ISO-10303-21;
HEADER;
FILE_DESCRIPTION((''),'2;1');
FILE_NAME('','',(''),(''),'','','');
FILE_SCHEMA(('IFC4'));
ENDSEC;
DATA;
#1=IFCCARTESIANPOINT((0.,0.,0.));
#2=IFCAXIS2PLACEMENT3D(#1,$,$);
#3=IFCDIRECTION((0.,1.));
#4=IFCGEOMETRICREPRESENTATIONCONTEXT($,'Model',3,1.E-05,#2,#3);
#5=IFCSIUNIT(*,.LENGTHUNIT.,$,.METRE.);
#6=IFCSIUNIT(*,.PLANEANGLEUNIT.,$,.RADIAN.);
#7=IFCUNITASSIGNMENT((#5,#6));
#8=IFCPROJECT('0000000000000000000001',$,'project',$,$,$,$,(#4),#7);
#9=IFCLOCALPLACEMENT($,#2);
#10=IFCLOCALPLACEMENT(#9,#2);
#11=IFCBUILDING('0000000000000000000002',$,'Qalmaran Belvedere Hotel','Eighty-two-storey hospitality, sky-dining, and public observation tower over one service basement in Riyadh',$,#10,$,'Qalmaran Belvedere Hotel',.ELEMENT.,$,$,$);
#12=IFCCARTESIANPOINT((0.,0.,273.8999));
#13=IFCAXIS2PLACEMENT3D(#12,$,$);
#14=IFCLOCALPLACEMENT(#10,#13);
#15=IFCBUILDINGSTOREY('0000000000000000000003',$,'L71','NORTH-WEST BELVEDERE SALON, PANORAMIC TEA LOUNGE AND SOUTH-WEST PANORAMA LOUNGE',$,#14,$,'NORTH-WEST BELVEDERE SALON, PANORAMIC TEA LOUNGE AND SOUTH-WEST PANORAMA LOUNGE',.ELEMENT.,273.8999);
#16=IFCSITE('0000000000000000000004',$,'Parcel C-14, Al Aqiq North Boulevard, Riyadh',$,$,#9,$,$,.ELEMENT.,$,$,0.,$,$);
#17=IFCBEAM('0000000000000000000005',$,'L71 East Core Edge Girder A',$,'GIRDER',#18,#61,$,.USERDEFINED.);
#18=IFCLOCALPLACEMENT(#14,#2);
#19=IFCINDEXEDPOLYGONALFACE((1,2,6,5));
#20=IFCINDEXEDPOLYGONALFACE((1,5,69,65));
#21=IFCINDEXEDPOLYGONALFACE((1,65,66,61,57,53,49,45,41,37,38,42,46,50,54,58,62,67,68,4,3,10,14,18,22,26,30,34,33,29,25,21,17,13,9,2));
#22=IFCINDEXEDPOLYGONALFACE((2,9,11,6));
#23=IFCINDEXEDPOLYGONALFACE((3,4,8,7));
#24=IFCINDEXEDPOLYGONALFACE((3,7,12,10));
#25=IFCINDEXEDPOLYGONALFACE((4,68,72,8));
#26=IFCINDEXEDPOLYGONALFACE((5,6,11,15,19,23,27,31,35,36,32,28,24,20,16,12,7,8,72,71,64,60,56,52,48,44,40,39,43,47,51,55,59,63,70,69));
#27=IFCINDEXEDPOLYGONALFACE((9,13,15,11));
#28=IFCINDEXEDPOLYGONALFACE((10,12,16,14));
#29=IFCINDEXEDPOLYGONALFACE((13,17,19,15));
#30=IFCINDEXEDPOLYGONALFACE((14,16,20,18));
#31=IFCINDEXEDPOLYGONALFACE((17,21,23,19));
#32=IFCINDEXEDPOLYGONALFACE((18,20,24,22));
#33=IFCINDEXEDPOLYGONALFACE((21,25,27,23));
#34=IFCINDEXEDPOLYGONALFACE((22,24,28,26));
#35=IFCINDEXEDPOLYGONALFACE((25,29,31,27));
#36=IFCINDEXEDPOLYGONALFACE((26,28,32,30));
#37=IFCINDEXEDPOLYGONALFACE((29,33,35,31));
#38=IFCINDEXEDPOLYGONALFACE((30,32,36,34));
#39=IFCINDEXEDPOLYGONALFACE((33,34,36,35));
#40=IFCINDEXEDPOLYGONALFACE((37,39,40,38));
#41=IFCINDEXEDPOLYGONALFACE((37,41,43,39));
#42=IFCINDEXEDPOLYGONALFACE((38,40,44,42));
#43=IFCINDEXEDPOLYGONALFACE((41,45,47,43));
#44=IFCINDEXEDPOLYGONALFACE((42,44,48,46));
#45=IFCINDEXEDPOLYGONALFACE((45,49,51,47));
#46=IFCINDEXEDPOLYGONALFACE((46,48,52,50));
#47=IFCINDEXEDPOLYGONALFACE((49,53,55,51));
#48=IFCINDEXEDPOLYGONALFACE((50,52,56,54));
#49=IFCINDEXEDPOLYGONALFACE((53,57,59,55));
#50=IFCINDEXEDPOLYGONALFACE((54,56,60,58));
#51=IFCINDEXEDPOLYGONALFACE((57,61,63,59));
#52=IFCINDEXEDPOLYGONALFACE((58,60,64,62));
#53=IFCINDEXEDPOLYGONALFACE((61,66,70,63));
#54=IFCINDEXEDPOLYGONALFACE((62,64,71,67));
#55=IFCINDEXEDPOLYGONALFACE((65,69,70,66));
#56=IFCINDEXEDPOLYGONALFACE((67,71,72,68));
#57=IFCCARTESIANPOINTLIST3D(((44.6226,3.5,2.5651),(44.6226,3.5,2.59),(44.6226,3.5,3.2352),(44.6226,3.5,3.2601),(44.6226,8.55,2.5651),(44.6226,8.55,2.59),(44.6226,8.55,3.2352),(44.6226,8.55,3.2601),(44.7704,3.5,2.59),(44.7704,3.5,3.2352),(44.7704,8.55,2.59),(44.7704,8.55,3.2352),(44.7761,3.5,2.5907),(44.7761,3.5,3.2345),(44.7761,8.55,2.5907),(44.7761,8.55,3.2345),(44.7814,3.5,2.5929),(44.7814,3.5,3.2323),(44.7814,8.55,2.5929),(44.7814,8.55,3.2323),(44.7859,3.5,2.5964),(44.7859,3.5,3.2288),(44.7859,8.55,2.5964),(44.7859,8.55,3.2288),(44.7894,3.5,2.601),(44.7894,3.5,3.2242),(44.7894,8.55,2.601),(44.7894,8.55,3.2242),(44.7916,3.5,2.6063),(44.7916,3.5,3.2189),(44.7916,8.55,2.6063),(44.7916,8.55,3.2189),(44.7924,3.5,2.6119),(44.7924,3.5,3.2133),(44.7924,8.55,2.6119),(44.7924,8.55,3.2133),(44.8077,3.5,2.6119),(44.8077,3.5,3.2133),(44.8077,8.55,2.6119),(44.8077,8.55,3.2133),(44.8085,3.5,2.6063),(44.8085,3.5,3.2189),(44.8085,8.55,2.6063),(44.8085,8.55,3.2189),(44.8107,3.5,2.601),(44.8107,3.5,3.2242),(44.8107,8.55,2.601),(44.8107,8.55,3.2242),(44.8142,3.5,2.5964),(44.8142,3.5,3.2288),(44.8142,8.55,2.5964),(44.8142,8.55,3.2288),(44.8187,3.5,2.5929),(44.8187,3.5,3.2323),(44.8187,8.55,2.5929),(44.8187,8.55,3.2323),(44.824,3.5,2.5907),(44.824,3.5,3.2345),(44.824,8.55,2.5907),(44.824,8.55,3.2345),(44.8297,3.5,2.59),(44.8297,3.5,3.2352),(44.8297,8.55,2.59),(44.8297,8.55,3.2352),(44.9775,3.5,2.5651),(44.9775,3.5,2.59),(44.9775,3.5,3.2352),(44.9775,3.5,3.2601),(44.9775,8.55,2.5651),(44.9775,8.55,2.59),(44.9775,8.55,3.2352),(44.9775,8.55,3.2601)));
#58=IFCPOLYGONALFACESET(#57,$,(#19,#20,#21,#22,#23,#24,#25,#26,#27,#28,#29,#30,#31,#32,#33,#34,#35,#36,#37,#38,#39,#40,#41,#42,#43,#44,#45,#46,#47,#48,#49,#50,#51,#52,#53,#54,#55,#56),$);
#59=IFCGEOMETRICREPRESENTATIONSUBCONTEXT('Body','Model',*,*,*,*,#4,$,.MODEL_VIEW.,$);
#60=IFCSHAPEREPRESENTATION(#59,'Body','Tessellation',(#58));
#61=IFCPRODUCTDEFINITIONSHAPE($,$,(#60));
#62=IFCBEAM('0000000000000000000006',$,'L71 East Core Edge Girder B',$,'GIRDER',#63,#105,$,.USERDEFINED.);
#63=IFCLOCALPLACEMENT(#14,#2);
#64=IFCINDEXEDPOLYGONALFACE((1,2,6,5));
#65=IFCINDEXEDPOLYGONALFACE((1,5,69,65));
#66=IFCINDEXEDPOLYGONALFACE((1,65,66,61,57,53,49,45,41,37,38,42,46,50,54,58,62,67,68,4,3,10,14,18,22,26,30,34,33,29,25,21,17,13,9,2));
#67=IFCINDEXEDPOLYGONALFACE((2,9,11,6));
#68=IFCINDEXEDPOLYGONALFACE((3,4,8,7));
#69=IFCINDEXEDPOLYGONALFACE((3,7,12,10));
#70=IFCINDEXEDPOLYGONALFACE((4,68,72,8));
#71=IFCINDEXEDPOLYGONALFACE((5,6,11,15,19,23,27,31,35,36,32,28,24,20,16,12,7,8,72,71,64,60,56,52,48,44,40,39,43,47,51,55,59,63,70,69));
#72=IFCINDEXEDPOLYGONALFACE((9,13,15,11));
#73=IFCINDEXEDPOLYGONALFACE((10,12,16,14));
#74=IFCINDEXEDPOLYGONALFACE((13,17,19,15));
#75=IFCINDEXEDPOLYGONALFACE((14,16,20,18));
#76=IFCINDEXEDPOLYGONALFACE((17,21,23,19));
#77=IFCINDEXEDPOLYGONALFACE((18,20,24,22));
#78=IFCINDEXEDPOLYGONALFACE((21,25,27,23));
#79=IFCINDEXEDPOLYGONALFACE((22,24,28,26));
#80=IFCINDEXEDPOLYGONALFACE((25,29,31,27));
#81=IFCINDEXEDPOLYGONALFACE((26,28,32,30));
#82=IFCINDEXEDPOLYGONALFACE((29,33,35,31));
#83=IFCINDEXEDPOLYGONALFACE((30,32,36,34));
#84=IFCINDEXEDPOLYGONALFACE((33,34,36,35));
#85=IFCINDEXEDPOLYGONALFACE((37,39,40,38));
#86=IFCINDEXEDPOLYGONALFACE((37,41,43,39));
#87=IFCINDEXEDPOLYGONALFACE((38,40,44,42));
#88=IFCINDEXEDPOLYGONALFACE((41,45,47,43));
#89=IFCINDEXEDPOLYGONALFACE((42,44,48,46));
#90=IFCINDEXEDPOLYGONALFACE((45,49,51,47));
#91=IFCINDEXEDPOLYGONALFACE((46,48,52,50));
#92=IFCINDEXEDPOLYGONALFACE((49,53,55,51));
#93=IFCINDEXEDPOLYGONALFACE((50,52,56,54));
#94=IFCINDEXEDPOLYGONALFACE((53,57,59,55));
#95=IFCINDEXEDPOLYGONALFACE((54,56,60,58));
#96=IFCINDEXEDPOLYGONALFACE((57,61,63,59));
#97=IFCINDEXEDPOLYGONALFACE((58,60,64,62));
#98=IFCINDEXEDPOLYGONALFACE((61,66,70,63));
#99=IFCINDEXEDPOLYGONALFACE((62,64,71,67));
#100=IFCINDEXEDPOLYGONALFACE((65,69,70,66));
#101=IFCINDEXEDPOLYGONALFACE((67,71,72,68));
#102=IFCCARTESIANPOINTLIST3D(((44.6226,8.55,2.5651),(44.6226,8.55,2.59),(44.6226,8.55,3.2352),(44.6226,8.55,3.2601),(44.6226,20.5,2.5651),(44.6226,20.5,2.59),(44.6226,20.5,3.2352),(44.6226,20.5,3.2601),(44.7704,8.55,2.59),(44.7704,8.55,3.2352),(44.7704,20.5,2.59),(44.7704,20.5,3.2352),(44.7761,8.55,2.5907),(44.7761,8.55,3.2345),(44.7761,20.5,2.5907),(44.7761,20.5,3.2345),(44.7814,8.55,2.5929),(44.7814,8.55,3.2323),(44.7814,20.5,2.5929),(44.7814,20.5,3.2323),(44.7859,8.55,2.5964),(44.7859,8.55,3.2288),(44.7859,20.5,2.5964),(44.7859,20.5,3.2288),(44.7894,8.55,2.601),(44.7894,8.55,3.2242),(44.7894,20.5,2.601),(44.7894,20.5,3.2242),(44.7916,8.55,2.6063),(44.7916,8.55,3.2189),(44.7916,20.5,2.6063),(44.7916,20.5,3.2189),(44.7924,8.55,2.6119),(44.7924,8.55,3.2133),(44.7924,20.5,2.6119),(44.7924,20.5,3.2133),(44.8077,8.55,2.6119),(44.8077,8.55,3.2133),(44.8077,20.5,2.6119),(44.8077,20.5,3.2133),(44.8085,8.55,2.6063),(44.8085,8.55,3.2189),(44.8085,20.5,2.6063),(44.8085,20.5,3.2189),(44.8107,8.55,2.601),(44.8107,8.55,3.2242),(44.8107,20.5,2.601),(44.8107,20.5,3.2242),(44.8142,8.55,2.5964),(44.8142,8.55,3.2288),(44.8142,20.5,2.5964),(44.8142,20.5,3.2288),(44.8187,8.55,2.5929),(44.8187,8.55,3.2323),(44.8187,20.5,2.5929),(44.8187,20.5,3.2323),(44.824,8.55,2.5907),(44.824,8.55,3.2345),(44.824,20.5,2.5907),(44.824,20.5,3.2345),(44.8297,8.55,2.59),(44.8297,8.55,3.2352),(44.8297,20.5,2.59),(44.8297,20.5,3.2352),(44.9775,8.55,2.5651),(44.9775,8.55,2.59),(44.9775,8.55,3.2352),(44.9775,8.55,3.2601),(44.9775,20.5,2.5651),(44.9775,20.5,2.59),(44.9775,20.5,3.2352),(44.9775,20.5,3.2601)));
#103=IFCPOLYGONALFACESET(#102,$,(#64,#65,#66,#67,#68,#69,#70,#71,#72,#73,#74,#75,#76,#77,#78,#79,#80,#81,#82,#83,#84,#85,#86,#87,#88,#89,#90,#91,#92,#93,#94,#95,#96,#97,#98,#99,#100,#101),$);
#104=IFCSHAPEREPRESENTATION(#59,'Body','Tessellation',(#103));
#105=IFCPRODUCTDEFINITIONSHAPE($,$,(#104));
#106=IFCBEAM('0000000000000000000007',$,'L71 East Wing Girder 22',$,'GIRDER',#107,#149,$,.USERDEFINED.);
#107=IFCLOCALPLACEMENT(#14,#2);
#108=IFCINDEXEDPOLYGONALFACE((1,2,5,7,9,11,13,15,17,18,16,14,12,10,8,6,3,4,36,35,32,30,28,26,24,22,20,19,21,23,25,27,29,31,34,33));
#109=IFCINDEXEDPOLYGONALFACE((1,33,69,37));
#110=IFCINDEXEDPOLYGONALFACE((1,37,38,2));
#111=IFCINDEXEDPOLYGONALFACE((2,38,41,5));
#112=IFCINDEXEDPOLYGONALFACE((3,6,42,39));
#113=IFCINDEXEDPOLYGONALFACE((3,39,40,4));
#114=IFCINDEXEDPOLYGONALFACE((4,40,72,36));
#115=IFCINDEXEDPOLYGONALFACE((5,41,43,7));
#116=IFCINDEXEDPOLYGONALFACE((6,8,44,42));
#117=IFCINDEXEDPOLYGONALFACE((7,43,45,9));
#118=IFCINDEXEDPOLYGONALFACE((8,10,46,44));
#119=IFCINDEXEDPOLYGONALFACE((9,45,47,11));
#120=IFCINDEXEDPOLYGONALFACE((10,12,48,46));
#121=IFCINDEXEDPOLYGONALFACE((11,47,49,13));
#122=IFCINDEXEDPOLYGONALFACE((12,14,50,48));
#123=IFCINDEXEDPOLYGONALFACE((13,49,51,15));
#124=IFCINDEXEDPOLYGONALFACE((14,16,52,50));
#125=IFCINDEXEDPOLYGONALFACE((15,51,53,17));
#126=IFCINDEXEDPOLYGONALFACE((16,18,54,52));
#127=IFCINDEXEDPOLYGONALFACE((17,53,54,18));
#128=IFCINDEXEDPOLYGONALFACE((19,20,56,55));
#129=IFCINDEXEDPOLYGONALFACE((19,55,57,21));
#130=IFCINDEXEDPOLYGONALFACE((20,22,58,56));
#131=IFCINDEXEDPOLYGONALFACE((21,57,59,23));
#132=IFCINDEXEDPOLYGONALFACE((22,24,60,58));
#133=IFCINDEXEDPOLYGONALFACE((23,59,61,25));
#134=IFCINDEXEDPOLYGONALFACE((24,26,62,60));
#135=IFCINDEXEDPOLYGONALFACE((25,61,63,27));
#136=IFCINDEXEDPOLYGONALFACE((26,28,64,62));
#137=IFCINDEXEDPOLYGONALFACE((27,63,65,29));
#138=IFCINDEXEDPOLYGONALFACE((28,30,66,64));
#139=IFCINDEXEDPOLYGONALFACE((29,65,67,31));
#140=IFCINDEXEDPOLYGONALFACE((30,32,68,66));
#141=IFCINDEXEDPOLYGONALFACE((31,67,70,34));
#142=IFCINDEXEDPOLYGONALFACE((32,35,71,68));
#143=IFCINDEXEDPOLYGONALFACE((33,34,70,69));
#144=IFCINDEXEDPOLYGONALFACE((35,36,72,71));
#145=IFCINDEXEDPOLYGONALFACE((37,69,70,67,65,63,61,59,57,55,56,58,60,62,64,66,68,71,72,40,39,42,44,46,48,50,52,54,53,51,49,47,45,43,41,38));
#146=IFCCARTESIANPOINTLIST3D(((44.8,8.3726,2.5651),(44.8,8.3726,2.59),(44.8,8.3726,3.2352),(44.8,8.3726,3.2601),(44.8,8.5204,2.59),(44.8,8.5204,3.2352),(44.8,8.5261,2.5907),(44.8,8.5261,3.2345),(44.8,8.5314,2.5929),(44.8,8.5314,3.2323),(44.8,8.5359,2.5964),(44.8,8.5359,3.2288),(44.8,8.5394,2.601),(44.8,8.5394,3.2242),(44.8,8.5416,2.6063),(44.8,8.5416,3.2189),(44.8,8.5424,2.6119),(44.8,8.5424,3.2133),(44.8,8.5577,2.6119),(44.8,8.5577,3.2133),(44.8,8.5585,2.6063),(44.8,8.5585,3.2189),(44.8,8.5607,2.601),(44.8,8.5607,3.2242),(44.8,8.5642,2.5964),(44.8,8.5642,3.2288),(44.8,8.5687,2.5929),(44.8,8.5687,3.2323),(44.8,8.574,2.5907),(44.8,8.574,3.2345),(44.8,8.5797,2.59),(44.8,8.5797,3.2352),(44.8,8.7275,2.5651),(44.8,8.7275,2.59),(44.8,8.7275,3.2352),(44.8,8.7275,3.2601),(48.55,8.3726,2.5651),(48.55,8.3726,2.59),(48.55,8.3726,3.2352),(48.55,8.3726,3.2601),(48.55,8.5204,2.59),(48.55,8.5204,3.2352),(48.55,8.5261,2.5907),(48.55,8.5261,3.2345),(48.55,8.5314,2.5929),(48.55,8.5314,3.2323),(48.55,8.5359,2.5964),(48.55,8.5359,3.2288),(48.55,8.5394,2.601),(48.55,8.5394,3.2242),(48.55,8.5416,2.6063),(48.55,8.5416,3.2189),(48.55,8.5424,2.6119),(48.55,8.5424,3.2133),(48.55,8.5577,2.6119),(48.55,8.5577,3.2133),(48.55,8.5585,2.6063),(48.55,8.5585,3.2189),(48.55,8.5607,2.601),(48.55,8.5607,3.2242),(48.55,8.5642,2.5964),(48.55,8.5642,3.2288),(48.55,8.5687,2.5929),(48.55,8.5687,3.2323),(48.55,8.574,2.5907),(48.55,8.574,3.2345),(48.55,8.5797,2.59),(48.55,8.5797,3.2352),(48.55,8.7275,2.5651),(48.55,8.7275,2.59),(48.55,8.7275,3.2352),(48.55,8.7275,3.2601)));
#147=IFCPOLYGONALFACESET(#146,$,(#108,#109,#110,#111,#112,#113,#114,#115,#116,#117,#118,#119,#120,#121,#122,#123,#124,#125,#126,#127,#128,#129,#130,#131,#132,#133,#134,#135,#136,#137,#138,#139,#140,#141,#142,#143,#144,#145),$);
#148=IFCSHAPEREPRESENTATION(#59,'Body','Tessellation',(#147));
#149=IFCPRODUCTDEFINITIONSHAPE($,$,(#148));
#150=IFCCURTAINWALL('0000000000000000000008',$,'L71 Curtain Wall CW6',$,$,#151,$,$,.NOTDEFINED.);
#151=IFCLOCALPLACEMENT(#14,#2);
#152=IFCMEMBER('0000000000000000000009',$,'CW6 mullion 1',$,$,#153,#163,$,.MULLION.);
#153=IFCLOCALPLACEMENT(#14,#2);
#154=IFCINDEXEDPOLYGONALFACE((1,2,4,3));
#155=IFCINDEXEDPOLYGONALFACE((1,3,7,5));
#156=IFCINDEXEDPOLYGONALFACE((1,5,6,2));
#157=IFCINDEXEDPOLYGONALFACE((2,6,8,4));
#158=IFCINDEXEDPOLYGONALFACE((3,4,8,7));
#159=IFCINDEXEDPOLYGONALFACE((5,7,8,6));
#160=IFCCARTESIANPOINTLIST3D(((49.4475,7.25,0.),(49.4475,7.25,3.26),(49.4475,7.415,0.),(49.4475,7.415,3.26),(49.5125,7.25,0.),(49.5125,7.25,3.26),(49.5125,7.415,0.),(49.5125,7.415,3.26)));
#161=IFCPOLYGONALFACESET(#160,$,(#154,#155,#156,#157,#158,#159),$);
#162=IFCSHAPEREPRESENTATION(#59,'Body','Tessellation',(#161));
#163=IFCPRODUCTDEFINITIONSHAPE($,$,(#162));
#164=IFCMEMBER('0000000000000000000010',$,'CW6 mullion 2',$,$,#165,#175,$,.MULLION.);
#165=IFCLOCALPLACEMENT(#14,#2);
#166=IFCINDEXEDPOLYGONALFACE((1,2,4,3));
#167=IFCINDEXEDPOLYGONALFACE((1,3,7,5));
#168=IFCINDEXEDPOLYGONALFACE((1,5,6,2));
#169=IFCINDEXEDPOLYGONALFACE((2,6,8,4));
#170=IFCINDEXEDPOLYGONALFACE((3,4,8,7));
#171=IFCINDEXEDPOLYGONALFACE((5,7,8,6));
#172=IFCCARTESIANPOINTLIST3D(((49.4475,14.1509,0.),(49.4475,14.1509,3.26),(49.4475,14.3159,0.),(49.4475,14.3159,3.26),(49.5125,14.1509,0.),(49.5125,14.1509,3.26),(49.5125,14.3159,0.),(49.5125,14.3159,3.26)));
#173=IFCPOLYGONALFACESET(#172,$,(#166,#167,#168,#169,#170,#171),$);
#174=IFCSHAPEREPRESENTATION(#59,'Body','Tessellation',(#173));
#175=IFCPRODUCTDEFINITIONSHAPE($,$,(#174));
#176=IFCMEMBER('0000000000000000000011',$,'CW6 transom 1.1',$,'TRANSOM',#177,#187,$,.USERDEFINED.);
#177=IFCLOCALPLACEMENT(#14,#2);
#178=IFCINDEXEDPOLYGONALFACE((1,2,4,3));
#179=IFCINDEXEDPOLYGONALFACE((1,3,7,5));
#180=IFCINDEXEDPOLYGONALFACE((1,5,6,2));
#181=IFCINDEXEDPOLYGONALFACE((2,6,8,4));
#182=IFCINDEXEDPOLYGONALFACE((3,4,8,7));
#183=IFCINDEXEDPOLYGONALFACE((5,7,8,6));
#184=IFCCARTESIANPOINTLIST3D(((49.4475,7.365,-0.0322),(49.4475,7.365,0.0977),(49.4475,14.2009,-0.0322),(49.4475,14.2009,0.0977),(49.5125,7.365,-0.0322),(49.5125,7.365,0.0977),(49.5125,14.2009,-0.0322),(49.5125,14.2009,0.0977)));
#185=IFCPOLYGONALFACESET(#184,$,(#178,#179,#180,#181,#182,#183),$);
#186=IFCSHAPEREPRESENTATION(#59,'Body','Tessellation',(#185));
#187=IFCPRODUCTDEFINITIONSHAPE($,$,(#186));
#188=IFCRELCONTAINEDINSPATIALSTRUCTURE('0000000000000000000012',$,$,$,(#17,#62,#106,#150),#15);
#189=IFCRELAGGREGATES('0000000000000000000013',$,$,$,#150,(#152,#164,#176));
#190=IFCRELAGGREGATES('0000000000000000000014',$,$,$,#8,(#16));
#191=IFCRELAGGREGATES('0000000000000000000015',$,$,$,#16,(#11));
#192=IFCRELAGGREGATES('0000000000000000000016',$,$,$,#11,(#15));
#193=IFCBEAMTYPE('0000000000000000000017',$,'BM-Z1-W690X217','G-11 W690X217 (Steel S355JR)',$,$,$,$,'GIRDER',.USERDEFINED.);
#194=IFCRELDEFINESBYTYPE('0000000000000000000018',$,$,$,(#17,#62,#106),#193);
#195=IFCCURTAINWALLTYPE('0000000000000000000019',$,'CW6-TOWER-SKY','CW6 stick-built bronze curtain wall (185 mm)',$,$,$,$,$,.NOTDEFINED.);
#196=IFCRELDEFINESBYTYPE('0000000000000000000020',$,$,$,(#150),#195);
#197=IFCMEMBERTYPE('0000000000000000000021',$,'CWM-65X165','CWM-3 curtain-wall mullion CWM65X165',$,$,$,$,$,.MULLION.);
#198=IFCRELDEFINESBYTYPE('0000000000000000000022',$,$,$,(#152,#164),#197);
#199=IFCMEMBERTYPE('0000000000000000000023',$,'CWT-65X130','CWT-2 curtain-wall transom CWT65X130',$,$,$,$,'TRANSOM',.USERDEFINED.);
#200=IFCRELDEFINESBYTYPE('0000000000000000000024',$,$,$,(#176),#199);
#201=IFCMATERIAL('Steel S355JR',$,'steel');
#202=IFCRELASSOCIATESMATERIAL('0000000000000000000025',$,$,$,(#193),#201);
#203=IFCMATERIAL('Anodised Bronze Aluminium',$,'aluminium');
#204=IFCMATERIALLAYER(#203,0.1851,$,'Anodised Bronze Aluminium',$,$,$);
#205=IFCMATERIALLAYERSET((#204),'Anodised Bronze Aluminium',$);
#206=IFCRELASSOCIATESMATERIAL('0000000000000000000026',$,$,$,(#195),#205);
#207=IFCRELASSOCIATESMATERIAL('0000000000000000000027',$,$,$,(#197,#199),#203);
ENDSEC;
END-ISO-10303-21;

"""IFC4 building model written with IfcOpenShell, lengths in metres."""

from ifc_helpers import new_model, si_unit, direction, frame, origin, origin_2d, place, context, subcontext, project, spatial, rectangle, i_section, extrude, material, layer, layer_set, material_profile, profile_set, type_object, element, aggregate, save


model = new_model("IFC4")

# Units and contexts
model_context = context("Model", 3, precision=1e-05, world=origin(), true_north=direction((0.0, 1.0)))
body_context = subcontext(model_context, "Body", "Model", "MODEL_VIEW")
ifc_project = project(units=[si_unit("LENGTHUNIT", "METRE"), si_unit("PLANEANGLEUNIT", "RADIAN")], contexts=[model_context])

# Site, building, storey
site_placement = place(None, origin())
site = spatial("IfcSite", under=ifc_project, at=site_placement, Name="Parcel C-14, Al Aqiq North Boulevard, Riyadh", CompositionType="ELEMENT", RefElevation=0.0)
building_placement = place(site_placement, origin())
building = spatial("IfcBuilding", under=site, at=building_placement, Name="Qalmaran Belvedere Hotel", Description="Eighty-two-storey hospitality, sky-dining, and public observation tower over one service basement in Riyadh", LongName="Qalmaran Belvedere Hotel", CompositionType="ELEMENT")
storey_placement = place(building_placement, frame((0.0, 0.0, 273.8999)))
storey = spatial("IfcBuildingStorey", under=building, at=storey_placement, Name="L71", Description="NORTH-WEST BELVEDERE SALON, PANORAMIC TEA LOUNGE AND SOUTH-WEST PANORAMA LOUNGE", LongName="NORTH-WEST BELVEDERE SALON, PANORAMIC TEA LOUNGE AND SOUTH-WEST PANORAMA LOUNGE", CompositionType="ELEMENT", Elevation=273.8999)

# Beams
ifc_material_1 = material(Name="Steel S355JR", Category="steel")
ifc_material_profile_1 = material_profile(ifc_material_1, i_section(OverallWidth=0.355, OverallDepth=0.6951, WebThickness=0.0154, FlangeThickness=0.0249, FilletRadius=0.022, at=origin_2d()), Name="W690X217")
ifc_profile_set_1 = profile_set([ifc_material_profile_1], Name="Steel S355JR")
beam_type_1 = type_object("IfcBeamType", Name="BM-Z1-W690X217", Description="G-11 W690X217 (Steel S355JR)", ElementType="GIRDER", PredefinedType="USERDEFINED", material=ifc_profile_set_1)
beam_1_placement = place(storey_placement, frame((44.8, 3.5, 2.9126), z_axis=(0.0, 1.0, 0.0), x_axis=(-1.0, 0.0, 0.0)))
element("IfcBeam", 1, at=beam_1_placement, inside=storey, type_object=beam_type_1, Name="L71 East Core Edge Girder A", ObjectType="GIRDER", PredefinedType="USERDEFINED", context=body_context, shape_type="SweptSolid", body=[
    extrude(i_section(OverallWidth=0.355, OverallDepth=0.6951, WebThickness=0.0154, FlangeThickness=0.0249, FilletRadius=0.022, at=origin_2d()), origin(), (0.0, 0.0, 1.0), 5.05),
])
beam_2_placement = place(storey_placement, frame((44.8, 8.55, 2.9126), z_axis=(0.0, 1.0, 0.0), x_axis=(-1.0, 0.0, 0.0)))
element("IfcBeam", 2, at=beam_2_placement, inside=storey, type_object=beam_type_1, Name="L71 East Core Edge Girder B", ObjectType="GIRDER", PredefinedType="USERDEFINED", context=body_context, shape_type="SweptSolid", body=[
    extrude(i_section(OverallWidth=0.355, OverallDepth=0.6951, WebThickness=0.0154, FlangeThickness=0.0249, FilletRadius=0.022, at=origin_2d()), origin(), (0.0, 0.0, 1.0), 11.95),
])
beam_3_placement = place(storey_placement, frame((44.8, 8.55, 2.9126), z_axis=(1.0, 0.0, 0.0), x_axis=(0.0, 1.0, 0.0)))
element("IfcBeam", 3, at=beam_3_placement, inside=storey, type_object=beam_type_1, Name="L71 East Wing Girder 22", ObjectType="GIRDER", PredefinedType="USERDEFINED", context=body_context, shape_type="SweptSolid", body=[
    extrude(i_section(OverallWidth=0.355, OverallDepth=0.6951, WebThickness=0.0154, FlangeThickness=0.0249, FilletRadius=0.022, at=origin_2d()), origin(), (0.0, 0.0, 1.0), 3.75),
])

# Curtain wall, members
ifc_material_2 = material(Name="Anodised Bronze Aluminium", Category="aluminium")
ifc_layer_1 = layer(ifc_material_2, 0.1851, Name="Anodised Bronze Aluminium")
ifc_layer_set_1 = layer_set([ifc_layer_1], Name="Anodised Bronze Aluminium")
curtain_wall_type = type_object("IfcCurtainWallType", Name="CW6-TOWER-SKY", Description="CW6 stick-built bronze curtain wall (185 mm)", PredefinedType="NOTDEFINED", material=ifc_layer_set_1)
curtain_wall_placement = place(storey_placement, origin())
curtain_wall = element("IfcCurtainWall", 4, at=curtain_wall_placement, inside=storey, type_object=curtain_wall_type, Name="L71 Curtain Wall CW6", PredefinedType="NOTDEFINED")
ifc_material_profile_2 = material_profile(ifc_material_2, rectangle(XDim=0.0649, YDim=0.165, at=origin_2d()), Name="CWM65X165")
ifc_profile_set_2 = profile_set([ifc_material_profile_2], Name="Anodised Bronze Aluminium")
member_type_1 = type_object("IfcMemberType", Name="CWM-65X165", Description="CWM-3 curtain-wall mullion CWM65X165", PredefinedType="MULLION", material=ifc_profile_set_2)
member_1_placement = place(storey_placement, frame((49.48, 7.3325, 0.0), z_axis=(0.0, 0.0, 1.0), x_axis=(-1.0, 0.0, 0.0)))
member_1 = element("IfcMember", 5, at=member_1_placement, type_object=member_type_1, Name="CW6 mullion 1", PredefinedType="MULLION", context=body_context, shape_type="SweptSolid", body=[
    extrude(rectangle(XDim=0.0649, YDim=0.165, at=origin_2d()), origin(), (0.0, 0.0, 1.0), 3.26),
])
member_2_placement = place(storey_placement, frame((49.48, 14.2334, 0.0), z_axis=(0.0, 0.0, 1.0), x_axis=(-1.0, 0.0, 0.0)))
member_2 = element("IfcMember", 6, at=member_2_placement, type_object=member_type_1, Name="CW6 mullion 2", PredefinedType="MULLION", context=body_context, shape_type="SweptSolid", body=[
    extrude(rectangle(XDim=0.0649, YDim=0.165, at=origin_2d()), origin(), (0.0, 0.0, 1.0), 3.26),
])
ifc_material_profile_3 = material_profile(ifc_material_2, rectangle(XDim=0.0649, YDim=0.1299, at=origin_2d()), Name="CWT65X130")
ifc_profile_set_3 = profile_set([ifc_material_profile_3], Name="Anodised Bronze Aluminium")
member_type_2 = type_object("IfcMemberType", Name="CWT-65X130", Description="CWT-2 curtain-wall transom CWT65X130", ElementType="TRANSOM", PredefinedType="USERDEFINED", material=ifc_profile_set_3)
member_3_placement = place(storey_placement, frame((49.48, 7.365, 0.0327), z_axis=(0.0, 1.0, 0.0), x_axis=(-1.0, 0.0, 0.0)))
member_3 = element("IfcMember", 7, at=member_3_placement, type_object=member_type_2, Name="CW6 transom 1.1", ObjectType="TRANSOM", PredefinedType="USERDEFINED", context=body_context, shape_type="SweptSolid", body=[
    extrude(rectangle(XDim=0.0649, YDim=0.1299, at=origin_2d()), origin(), (0.0, 0.0, 1.0), 6.8359),
])
aggregate(curtain_wall, [member_1, member_2, member_3])

save(model, "model.ifc")
